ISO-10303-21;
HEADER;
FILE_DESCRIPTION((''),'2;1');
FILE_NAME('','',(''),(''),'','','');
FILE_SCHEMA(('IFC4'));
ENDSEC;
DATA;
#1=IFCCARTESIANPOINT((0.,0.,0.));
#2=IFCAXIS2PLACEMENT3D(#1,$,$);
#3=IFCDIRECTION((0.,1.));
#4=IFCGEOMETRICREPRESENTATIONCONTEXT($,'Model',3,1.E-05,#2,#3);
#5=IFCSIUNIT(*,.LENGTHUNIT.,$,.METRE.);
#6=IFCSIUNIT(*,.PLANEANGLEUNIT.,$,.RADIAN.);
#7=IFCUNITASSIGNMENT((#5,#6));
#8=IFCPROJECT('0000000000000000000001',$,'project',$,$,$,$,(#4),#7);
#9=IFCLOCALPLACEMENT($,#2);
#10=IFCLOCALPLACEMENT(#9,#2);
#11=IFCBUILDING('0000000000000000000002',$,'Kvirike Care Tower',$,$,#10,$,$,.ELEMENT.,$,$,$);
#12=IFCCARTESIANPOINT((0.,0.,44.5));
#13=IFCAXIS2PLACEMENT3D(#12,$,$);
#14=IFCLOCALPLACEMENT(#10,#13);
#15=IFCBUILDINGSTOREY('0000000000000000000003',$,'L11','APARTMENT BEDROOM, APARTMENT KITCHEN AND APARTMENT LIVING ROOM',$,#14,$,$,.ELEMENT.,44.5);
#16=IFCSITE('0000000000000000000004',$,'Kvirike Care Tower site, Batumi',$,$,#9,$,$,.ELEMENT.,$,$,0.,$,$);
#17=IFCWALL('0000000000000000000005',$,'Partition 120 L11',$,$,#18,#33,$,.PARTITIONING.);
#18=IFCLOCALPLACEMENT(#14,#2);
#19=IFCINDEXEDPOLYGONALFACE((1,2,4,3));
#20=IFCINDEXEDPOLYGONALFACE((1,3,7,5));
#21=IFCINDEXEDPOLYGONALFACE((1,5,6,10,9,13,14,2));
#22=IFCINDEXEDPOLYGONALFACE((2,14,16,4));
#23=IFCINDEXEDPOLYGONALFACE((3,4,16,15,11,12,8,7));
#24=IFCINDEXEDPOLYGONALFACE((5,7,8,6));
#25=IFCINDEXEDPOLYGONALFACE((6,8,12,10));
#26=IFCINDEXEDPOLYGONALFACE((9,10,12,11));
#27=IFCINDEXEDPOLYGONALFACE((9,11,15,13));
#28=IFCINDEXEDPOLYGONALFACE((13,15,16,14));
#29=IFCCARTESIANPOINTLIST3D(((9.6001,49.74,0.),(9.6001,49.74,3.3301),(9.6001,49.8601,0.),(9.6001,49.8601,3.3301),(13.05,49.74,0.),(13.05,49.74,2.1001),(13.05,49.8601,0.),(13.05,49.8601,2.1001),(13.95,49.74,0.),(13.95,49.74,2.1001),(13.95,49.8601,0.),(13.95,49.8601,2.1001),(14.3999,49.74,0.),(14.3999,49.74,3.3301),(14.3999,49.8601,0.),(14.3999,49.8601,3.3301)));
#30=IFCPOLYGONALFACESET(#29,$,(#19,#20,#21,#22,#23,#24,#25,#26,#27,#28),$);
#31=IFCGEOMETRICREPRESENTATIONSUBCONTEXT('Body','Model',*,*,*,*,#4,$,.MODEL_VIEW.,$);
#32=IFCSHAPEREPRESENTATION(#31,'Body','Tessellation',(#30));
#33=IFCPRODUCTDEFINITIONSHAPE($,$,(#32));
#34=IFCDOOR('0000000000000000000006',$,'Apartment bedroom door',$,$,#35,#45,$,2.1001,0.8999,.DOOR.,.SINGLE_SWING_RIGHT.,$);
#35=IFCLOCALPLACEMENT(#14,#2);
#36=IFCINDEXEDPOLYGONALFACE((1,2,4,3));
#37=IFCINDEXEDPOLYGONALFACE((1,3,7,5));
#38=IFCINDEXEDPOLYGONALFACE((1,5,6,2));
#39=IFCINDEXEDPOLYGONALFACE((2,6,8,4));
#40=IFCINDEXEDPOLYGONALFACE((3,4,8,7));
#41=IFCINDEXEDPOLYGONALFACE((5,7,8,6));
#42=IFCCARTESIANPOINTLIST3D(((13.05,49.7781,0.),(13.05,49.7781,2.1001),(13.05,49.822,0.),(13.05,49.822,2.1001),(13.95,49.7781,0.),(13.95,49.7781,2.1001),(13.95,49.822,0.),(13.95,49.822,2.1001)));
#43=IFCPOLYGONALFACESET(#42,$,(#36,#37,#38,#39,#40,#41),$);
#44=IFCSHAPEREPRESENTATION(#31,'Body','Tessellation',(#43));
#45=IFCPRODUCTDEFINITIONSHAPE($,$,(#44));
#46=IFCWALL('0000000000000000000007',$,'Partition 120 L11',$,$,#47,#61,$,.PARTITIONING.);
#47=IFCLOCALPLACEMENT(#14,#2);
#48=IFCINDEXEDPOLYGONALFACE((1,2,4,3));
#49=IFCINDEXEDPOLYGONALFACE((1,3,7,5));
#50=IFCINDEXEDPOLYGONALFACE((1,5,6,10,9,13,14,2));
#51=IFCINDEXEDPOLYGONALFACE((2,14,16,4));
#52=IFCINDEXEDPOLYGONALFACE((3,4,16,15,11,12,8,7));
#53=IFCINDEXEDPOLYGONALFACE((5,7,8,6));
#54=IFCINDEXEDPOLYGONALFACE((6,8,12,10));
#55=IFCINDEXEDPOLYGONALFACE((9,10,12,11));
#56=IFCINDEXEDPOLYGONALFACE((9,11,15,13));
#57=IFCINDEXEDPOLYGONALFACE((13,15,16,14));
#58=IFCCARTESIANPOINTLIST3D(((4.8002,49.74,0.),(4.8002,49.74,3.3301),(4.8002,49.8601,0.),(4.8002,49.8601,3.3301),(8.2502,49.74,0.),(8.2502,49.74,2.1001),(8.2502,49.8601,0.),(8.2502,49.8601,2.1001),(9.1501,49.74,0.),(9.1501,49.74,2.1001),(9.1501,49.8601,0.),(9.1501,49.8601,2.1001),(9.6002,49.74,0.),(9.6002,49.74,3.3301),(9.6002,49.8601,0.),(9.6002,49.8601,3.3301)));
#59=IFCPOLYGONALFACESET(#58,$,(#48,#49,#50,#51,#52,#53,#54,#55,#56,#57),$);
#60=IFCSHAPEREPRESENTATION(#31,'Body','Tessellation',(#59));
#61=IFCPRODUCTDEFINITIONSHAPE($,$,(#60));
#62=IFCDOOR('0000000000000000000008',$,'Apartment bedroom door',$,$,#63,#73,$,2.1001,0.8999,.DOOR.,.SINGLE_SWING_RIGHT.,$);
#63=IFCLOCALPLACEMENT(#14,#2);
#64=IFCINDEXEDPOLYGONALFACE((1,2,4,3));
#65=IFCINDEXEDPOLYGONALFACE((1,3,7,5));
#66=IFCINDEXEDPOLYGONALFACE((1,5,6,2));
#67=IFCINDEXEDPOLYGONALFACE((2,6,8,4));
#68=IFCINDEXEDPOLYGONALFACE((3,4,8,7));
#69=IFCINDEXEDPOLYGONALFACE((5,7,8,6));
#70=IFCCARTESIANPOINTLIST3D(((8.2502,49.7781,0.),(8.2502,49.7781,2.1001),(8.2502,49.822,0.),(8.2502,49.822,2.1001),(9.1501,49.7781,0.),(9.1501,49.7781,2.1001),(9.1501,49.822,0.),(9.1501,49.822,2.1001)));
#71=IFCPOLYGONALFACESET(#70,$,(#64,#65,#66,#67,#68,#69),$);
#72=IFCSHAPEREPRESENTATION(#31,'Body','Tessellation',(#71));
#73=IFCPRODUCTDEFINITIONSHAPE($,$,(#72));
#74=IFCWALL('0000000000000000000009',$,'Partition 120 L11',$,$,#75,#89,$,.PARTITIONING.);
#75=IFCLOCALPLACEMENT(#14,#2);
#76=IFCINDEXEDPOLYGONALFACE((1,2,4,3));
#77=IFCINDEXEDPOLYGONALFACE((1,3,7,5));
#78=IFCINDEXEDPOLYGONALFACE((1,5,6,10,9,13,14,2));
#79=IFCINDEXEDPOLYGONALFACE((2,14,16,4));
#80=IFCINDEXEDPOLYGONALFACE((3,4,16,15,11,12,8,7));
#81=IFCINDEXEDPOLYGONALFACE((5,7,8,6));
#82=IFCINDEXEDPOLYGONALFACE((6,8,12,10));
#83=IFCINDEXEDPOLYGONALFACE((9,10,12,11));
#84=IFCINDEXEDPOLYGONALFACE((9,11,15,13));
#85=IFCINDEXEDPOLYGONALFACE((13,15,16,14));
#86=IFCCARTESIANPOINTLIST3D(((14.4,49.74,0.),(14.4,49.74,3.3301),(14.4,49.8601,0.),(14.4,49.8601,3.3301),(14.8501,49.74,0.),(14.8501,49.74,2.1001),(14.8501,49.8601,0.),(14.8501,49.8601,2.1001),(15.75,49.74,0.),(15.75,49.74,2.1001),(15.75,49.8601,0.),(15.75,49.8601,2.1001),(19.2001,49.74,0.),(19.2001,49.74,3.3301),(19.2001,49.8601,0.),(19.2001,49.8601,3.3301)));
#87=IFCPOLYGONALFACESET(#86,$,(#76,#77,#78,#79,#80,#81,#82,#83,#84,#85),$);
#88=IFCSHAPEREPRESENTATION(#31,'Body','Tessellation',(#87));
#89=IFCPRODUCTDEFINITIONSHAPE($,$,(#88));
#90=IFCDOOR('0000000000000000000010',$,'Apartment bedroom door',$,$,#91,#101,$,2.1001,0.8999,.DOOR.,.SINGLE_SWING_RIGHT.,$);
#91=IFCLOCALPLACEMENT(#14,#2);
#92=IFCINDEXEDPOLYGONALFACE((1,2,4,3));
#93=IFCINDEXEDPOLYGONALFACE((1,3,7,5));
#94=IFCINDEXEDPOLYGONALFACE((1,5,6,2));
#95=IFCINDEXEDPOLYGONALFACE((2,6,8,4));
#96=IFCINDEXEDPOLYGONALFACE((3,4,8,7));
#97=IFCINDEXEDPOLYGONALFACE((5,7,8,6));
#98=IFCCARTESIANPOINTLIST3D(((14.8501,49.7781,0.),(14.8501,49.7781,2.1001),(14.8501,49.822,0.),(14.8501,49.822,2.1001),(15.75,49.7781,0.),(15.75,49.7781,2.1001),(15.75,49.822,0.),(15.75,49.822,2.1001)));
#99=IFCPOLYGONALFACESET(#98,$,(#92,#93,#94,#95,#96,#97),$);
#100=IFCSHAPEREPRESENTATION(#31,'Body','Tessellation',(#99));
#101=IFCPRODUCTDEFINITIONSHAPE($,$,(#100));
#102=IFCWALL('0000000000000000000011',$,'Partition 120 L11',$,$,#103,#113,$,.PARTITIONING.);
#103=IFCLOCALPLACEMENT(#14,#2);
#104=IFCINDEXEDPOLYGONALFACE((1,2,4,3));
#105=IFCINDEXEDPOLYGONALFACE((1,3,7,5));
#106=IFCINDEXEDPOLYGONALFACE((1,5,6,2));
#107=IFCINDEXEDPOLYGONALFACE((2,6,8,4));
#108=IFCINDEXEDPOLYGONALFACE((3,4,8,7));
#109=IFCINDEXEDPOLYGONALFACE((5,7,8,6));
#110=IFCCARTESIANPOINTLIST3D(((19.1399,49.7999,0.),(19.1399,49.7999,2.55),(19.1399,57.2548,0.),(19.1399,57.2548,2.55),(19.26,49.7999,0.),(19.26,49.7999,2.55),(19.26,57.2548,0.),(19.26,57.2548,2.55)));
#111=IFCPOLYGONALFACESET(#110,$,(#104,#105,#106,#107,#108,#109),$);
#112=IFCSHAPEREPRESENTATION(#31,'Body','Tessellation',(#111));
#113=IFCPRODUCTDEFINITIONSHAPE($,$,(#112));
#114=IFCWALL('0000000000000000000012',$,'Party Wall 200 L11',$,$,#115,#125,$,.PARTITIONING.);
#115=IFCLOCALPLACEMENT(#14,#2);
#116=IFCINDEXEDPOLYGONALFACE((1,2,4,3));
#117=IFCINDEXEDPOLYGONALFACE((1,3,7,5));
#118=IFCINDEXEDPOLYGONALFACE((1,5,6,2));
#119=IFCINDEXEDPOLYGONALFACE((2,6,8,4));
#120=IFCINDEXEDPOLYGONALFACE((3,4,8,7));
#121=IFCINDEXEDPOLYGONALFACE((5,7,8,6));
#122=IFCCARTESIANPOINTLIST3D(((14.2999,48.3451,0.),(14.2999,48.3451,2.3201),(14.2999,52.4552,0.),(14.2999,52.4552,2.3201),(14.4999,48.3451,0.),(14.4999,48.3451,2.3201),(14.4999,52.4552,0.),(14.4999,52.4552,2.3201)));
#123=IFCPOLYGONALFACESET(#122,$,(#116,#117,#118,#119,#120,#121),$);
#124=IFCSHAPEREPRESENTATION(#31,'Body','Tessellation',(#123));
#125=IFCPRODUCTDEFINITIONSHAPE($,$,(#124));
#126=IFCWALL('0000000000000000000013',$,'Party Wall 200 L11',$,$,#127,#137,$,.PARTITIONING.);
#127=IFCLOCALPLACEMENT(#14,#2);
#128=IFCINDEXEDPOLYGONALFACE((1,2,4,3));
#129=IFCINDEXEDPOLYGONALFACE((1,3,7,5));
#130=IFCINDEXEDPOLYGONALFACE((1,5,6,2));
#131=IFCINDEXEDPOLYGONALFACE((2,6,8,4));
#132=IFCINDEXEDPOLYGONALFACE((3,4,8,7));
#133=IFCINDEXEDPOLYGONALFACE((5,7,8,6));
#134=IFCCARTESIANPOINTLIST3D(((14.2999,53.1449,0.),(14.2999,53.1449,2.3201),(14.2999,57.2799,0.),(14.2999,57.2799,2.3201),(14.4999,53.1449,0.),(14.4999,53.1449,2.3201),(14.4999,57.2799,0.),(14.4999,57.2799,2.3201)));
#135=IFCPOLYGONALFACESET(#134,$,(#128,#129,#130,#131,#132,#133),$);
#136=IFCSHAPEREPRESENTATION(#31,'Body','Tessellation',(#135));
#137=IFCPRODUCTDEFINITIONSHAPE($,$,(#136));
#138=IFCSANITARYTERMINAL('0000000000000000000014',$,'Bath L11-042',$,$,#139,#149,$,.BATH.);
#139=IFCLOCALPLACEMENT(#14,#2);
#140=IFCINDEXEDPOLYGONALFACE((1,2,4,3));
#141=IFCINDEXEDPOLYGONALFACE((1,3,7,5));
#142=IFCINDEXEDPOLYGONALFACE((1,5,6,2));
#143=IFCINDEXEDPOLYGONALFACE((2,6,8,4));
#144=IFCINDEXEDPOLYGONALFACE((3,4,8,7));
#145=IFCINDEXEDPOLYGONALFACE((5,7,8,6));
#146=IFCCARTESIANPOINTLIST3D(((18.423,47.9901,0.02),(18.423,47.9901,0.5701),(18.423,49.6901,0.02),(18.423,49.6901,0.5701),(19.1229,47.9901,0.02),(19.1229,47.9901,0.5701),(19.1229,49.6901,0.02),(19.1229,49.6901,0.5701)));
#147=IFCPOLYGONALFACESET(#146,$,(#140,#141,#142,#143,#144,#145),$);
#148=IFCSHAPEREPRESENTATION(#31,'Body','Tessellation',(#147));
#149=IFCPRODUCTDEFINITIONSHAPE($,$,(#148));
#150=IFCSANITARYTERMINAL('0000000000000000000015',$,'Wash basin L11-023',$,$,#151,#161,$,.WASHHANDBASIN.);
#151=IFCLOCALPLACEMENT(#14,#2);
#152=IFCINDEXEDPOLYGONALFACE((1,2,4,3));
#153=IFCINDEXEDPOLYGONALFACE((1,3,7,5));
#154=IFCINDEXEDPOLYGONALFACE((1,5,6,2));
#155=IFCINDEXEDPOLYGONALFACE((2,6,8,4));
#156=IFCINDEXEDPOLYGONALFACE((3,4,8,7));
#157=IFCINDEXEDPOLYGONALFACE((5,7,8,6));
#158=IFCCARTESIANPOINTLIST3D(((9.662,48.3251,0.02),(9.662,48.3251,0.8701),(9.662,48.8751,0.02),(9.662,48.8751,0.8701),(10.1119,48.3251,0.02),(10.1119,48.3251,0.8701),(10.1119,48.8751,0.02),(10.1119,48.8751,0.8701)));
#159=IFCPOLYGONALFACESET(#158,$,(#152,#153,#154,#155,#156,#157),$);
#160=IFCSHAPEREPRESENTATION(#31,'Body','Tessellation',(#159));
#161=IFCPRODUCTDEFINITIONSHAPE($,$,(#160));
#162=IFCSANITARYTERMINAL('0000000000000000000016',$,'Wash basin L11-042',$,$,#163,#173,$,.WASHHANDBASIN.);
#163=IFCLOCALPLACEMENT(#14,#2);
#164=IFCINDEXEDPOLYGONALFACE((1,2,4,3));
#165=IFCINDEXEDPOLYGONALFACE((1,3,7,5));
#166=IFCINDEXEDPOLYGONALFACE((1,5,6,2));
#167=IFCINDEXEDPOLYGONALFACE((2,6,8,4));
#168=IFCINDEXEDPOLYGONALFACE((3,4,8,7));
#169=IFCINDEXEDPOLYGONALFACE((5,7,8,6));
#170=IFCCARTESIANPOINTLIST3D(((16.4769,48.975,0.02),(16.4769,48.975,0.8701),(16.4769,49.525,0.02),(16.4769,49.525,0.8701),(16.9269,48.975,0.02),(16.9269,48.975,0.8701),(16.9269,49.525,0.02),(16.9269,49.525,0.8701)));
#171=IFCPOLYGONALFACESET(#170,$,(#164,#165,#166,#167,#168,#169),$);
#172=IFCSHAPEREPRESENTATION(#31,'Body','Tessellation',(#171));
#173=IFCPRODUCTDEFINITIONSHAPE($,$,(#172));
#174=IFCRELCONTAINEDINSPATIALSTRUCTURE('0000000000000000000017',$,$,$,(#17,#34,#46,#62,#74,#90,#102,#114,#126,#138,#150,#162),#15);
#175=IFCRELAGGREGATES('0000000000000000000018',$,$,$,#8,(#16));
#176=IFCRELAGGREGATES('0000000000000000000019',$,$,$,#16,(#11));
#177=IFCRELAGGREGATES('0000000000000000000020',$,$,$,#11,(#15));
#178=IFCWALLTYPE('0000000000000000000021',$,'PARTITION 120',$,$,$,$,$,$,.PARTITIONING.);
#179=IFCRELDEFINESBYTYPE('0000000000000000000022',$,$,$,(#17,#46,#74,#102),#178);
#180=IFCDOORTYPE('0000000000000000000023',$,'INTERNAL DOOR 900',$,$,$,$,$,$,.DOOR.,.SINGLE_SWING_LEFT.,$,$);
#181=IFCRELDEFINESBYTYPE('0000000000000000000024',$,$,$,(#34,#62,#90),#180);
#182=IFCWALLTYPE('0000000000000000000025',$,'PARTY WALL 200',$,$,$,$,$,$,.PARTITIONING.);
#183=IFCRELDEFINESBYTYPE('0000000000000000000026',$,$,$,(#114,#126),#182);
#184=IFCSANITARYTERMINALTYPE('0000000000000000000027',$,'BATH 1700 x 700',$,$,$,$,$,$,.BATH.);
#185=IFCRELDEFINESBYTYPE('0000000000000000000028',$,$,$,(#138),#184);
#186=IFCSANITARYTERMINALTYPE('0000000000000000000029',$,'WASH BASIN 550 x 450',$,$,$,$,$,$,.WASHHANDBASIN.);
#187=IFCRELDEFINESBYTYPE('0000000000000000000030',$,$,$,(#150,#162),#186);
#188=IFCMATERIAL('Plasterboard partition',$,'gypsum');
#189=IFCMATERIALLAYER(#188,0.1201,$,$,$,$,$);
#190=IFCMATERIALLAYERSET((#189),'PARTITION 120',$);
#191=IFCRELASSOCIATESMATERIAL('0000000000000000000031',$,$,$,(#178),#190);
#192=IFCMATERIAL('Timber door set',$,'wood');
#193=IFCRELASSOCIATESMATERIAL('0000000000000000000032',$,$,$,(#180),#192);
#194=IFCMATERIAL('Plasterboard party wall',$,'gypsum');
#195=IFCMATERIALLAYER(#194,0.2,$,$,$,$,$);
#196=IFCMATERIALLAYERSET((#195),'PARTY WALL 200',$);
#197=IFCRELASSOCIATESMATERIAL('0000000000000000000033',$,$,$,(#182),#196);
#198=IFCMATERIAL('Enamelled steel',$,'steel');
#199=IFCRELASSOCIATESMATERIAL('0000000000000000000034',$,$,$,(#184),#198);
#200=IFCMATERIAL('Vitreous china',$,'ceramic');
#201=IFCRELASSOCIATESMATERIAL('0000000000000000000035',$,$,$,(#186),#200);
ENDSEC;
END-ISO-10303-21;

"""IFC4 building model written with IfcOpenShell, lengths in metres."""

from ifc_helpers import new_model, si_unit, direction, frame, frame_2d, origin, origin_2d, place, context, subcontext, project, spatial, rectangle, extrude, material, layer, layer_set, type_object, element, fill, save


model = new_model("IFC4")

# Units and contexts
model_context = context("Model", 3, precision=1e-05, world=origin(), true_north=direction((0.0, 1.0)))
body_context = subcontext(model_context, "Body", "Model", "MODEL_VIEW")
ifc_project = project(units=[si_unit("LENGTHUNIT", "METRE"), si_unit("PLANEANGLEUNIT", "RADIAN")], contexts=[model_context])

# Site, building, storey
site_placement = place(None, origin())
site = spatial("IfcSite", under=ifc_project, at=site_placement, Name="Kvirike Care Tower site, Batumi", CompositionType="ELEMENT", RefElevation=0.0)
building_placement = place(site_placement, origin())
building = spatial("IfcBuilding", under=site, at=building_placement, Name="Kvirike Care Tower", CompositionType="ELEMENT")
storey_placement = place(building_placement, frame((0.0, 0.0, 44.5)))
storey = spatial("IfcBuildingStorey", under=building, at=storey_placement, Name="L11", Description="APARTMENT BEDROOM, APARTMENT KITCHEN AND APARTMENT LIVING ROOM", CompositionType="ELEMENT", Elevation=44.5)

# Walls, openings, doors
ifc_material_1 = material(Name="Plasterboard partition", Category="gypsum")
ifc_layer_1 = layer(ifc_material_1, 0.1201)
ifc_layer_set_1 = layer_set([ifc_layer_1], Name="PARTITION 120")
wall_type_1 = type_object("IfcWallType", Name="PARTITION 120", PredefinedType="PARTITIONING", material=ifc_layer_set_1)
ifc_material_2 = material(Name="Timber door set", Category="wood")
door_type_1 = type_object("IfcDoorType", Name="INTERNAL DOOR 900", OperationType="SINGLE_SWING_LEFT", PredefinedType="DOOR", material=ifc_material_2)
wall_1_placement = place(storey_placement, frame((14.3999, 49.8, 0.0), z_axis=(0.0, 0.0, 1.0), x_axis=(-1.0, 0.0, 0.0)))
wall_1 = element("IfcWall", 1, at=wall_1_placement, inside=storey, type_object=wall_type_1, Name="Partition 120 L11", PredefinedType="PARTITIONING", context=body_context, shape_type="SweptSolid", body=[
    extrude(rectangle(XDim=4.7998, YDim=0.1201, at=frame_2d((2.3999, 0.0))), origin(), (0.0, 0.0, 1.0), 3.3301),
])
opening_1_placement = place(wall_1_placement, frame((0.45, 0.0, 0.0)))
opening_1 = element("IfcOpeningElement", 2, at=opening_1_placement, cuts=wall_1, PredefinedType="OPENING", context=body_context, shape_type="SweptSolid", body=[
    extrude(rectangle(XDim=0.8999, YDim=2.1001, at=frame_2d((0.45, 1.05))), frame((0.0, 0.0706, 0.0), z_axis=(0.0, -1.0, 0.0), x_axis=(1.0, 0.0, 0.0)), (0.0, 0.0, 1.0), 0.1411),
])
door_1_placement = place(opening_1_placement, origin())
door_1 = element("IfcDoor", 3, at=door_1_placement, inside=storey, type_object=door_type_1, Name="Apartment bedroom door", OperationType="SINGLE_SWING_RIGHT", OverallHeight=2.1001, OverallWidth=0.8999, PredefinedType="DOOR", context=body_context, shape_type="SweptSolid", body=[
    extrude(rectangle(XDim=0.8999, YDim=2.1001, at=frame_2d((0.45, 1.05))), frame((0.0, 0.022, 0.0), z_axis=(0.0, -1.0, 0.0), x_axis=(1.0, 0.0, 0.0)), (0.0, 0.0, 1.0), 0.0439),
])
fill(opening_1, door_1)
wall_2_placement = place(storey_placement, frame((9.6001, 49.8, 0.0), z_axis=(0.0, 0.0, 1.0), x_axis=(-1.0, 0.0, 0.0)))
wall_2 = element("IfcWall", 4, at=wall_2_placement, inside=storey, type_object=wall_type_1, Name="Partition 120 L11", PredefinedType="PARTITIONING", context=body_context, shape_type="SweptSolid", body=[
    extrude(rectangle(XDim=4.8, YDim=0.1201, at=frame_2d((2.3999, 0.0))), origin(), (0.0, 0.0, 1.0), 3.3301),
])
opening_2_placement = place(wall_2_placement, frame((0.45, 0.0, 0.0)))
opening_2 = element("IfcOpeningElement", 5, at=opening_2_placement, cuts=wall_2, PredefinedType="OPENING", context=body_context, shape_type="SweptSolid", body=[
    extrude(rectangle(XDim=0.8999, YDim=2.1001, at=frame_2d((0.45, 1.05))), frame((0.0, 0.0706, 0.0), z_axis=(0.0, -1.0, 0.0), x_axis=(1.0, 0.0, 0.0)), (0.0, 0.0, 1.0), 0.1411),
])
door_2_placement = place(opening_2_placement, origin())
door_2 = element("IfcDoor", 6, at=door_2_placement, inside=storey, type_object=door_type_1, Name="Apartment bedroom door", OperationType="SINGLE_SWING_RIGHT", OverallHeight=2.1001, OverallWidth=0.8999, PredefinedType="DOOR", context=body_context, shape_type="SweptSolid", body=[
    extrude(rectangle(XDim=0.8999, YDim=2.1001, at=frame_2d((0.45, 1.05))), frame((0.0, 0.022, 0.0), z_axis=(0.0, -1.0, 0.0), x_axis=(1.0, 0.0, 0.0)), (0.0, 0.0, 1.0), 0.0439),
])
fill(opening_2, door_2)
wall_3_placement = place(storey_placement, frame((19.2, 49.8, 0.0), z_axis=(0.0, 0.0, 1.0), x_axis=(-1.0, 0.0, 0.0)))
wall_3 = element("IfcWall", 7, at=wall_3_placement, inside=storey, type_object=wall_type_1, Name="Partition 120 L11", PredefinedType="PARTITIONING", context=body_context, shape_type="SweptSolid", body=[
    extrude(rectangle(XDim=4.8, YDim=0.1201, at=frame_2d((2.3999, 0.0))), origin(), (0.0, 0.0, 1.0), 3.3301),
])
opening_3_placement = place(wall_3_placement, frame((3.45, 0.0, 0.0)))
opening_3 = element("IfcOpeningElement", 8, at=opening_3_placement, cuts=wall_3, PredefinedType="OPENING", context=body_context, shape_type="SweptSolid", body=[
    extrude(rectangle(XDim=0.8999, YDim=2.1001, at=frame_2d((0.45, 1.05))), frame((0.0, 0.0706, 0.0), z_axis=(0.0, -1.0, 0.0), x_axis=(1.0, 0.0, 0.0)), (0.0, 0.0, 1.0), 0.1411),
])
door_3_placement = place(opening_3_placement, frame((0.8999, 0.0, 0.0), z_axis=(0.0, 0.0, 1.0), x_axis=(-1.0, 0.0, 0.0)))
door_3 = element("IfcDoor", 9, at=door_3_placement, inside=storey, type_object=door_type_1, Name="Apartment bedroom door", OperationType="SINGLE_SWING_RIGHT", OverallHeight=2.1001, OverallWidth=0.8999, PredefinedType="DOOR", context=body_context, shape_type="SweptSolid", body=[
    extrude(rectangle(XDim=0.8999, YDim=2.1001, at=frame_2d((0.45, 1.05))), frame((0.0, 0.022, 0.0), z_axis=(0.0, -1.0, 0.0), x_axis=(1.0, 0.0, 0.0)), (0.0, 0.0, 1.0), 0.0439),
])
fill(opening_3, door_3)

# Walls
wall_4_placement = place(storey_placement, frame((19.2, 57.2549, 0.0), z_axis=(0.0, 0.0, 1.0), x_axis=(0.0, -1.0, 0.0)))
element("IfcWall", 10, at=wall_4_placement, inside=storey, type_object=wall_type_1, Name="Partition 120 L11", PredefinedType="PARTITIONING", context=body_context, shape_type="SweptSolid", body=[
    extrude(rectangle(XDim=7.4548, YDim=0.1201, at=frame_2d((3.7275, 0.0))), origin(), (0.0, 0.0, 1.0), 2.55),
])
ifc_material_3 = material(Name="Plasterboard party wall", Category="gypsum")
ifc_layer_2 = layer(ifc_material_3, 0.2)
ifc_layer_set_2 = layer_set([ifc_layer_2], Name="PARTY WALL 200")
wall_type_2 = type_object("IfcWallType", Name="PARTY WALL 200", PredefinedType="PARTITIONING", material=ifc_layer_set_2)
wall_5_placement = place(storey_placement, frame((14.3999, 48.345, 0.0), z_axis=(0.0, 0.0, 1.0), x_axis=(0.0, 1.0, 0.0)))
element("IfcWall", 11, at=wall_5_placement, inside=storey, type_object=wall_type_2, Name="Party Wall 200 L11", PredefinedType="PARTITIONING", context=body_context, shape_type="SweptSolid", body=[
    extrude(rectangle(XDim=4.1101, YDim=0.2, at=frame_2d((2.0552, 0.0))), origin(), (0.0, 0.0, 1.0), 2.3201),
])
wall_6_placement = place(storey_placement, frame((14.3999, 53.145, 0.0), z_axis=(0.0, 0.0, 1.0), x_axis=(0.0, 1.0, 0.0)))
element("IfcWall", 12, at=wall_6_placement, inside=storey, type_object=wall_type_2, Name="Party Wall 200 L11", PredefinedType="PARTITIONING", context=body_context, shape_type="SweptSolid", body=[
    extrude(rectangle(XDim=4.135, YDim=0.2, at=frame_2d((2.0674, 0.0))), origin(), (0.0, 0.0, 1.0), 2.3201),
])

# Sanitary terminals
ifc_material_4 = material(Name="Enamelled steel", Category="steel")
sanitary_terminal_type_1 = type_object("IfcSanitaryTerminalType", Name="BATH 1700 x 700", PredefinedType="BATH", material=ifc_material_4)
sanitary_terminal_1_placement = place(storey_placement, frame((18.7729, 48.8401, 0.02), z_axis=(0.0, 0.0, 1.0), x_axis=(0.0, -1.0, 0.0)))
element("IfcSanitaryTerminal", 13, at=sanitary_terminal_1_placement, inside=storey, type_object=sanitary_terminal_type_1, Name="Bath L11-042", PredefinedType="BATH", context=body_context, shape_type="SweptSolid", body=[
    extrude(rectangle(XDim=1.7, YDim=0.7, at=origin_2d()), origin(), (0.0, 0.0, 1.0), 0.55),
])
ifc_material_5 = material(Name="Vitreous china", Category="ceramic")
sanitary_terminal_type_2 = type_object("IfcSanitaryTerminalType", Name="WASH BASIN 550 x 450", PredefinedType="WASHHANDBASIN", material=ifc_material_5)
for number, where, z_axis, x_axis, name in (
    (14, (9.887, 48.6001, 0.02), (0.0, 0.0, 1.0), (0.0, 1.0, 0.0), "Wash basin L11-023"),
    (15, (16.7019, 49.25, 0.02), (0.0, 0.0, 1.0), (0.0, 1.0, 0.0), "Wash basin L11-042"),
):
    element("IfcSanitaryTerminal", number, at=place(storey_placement, frame(where, z_axis=z_axis, x_axis=x_axis)), inside=storey, type_object=sanitary_terminal_type_2, Name=name, PredefinedType="WASHHANDBASIN", context=body_context, shape_type="SweptSolid", body=[
        extrude(rectangle(XDim=0.55, YDim=0.45, at=origin_2d()), origin(), (0.0, 0.0, 1.0), 0.8501),
    ])

save(model, "model.ifc")
